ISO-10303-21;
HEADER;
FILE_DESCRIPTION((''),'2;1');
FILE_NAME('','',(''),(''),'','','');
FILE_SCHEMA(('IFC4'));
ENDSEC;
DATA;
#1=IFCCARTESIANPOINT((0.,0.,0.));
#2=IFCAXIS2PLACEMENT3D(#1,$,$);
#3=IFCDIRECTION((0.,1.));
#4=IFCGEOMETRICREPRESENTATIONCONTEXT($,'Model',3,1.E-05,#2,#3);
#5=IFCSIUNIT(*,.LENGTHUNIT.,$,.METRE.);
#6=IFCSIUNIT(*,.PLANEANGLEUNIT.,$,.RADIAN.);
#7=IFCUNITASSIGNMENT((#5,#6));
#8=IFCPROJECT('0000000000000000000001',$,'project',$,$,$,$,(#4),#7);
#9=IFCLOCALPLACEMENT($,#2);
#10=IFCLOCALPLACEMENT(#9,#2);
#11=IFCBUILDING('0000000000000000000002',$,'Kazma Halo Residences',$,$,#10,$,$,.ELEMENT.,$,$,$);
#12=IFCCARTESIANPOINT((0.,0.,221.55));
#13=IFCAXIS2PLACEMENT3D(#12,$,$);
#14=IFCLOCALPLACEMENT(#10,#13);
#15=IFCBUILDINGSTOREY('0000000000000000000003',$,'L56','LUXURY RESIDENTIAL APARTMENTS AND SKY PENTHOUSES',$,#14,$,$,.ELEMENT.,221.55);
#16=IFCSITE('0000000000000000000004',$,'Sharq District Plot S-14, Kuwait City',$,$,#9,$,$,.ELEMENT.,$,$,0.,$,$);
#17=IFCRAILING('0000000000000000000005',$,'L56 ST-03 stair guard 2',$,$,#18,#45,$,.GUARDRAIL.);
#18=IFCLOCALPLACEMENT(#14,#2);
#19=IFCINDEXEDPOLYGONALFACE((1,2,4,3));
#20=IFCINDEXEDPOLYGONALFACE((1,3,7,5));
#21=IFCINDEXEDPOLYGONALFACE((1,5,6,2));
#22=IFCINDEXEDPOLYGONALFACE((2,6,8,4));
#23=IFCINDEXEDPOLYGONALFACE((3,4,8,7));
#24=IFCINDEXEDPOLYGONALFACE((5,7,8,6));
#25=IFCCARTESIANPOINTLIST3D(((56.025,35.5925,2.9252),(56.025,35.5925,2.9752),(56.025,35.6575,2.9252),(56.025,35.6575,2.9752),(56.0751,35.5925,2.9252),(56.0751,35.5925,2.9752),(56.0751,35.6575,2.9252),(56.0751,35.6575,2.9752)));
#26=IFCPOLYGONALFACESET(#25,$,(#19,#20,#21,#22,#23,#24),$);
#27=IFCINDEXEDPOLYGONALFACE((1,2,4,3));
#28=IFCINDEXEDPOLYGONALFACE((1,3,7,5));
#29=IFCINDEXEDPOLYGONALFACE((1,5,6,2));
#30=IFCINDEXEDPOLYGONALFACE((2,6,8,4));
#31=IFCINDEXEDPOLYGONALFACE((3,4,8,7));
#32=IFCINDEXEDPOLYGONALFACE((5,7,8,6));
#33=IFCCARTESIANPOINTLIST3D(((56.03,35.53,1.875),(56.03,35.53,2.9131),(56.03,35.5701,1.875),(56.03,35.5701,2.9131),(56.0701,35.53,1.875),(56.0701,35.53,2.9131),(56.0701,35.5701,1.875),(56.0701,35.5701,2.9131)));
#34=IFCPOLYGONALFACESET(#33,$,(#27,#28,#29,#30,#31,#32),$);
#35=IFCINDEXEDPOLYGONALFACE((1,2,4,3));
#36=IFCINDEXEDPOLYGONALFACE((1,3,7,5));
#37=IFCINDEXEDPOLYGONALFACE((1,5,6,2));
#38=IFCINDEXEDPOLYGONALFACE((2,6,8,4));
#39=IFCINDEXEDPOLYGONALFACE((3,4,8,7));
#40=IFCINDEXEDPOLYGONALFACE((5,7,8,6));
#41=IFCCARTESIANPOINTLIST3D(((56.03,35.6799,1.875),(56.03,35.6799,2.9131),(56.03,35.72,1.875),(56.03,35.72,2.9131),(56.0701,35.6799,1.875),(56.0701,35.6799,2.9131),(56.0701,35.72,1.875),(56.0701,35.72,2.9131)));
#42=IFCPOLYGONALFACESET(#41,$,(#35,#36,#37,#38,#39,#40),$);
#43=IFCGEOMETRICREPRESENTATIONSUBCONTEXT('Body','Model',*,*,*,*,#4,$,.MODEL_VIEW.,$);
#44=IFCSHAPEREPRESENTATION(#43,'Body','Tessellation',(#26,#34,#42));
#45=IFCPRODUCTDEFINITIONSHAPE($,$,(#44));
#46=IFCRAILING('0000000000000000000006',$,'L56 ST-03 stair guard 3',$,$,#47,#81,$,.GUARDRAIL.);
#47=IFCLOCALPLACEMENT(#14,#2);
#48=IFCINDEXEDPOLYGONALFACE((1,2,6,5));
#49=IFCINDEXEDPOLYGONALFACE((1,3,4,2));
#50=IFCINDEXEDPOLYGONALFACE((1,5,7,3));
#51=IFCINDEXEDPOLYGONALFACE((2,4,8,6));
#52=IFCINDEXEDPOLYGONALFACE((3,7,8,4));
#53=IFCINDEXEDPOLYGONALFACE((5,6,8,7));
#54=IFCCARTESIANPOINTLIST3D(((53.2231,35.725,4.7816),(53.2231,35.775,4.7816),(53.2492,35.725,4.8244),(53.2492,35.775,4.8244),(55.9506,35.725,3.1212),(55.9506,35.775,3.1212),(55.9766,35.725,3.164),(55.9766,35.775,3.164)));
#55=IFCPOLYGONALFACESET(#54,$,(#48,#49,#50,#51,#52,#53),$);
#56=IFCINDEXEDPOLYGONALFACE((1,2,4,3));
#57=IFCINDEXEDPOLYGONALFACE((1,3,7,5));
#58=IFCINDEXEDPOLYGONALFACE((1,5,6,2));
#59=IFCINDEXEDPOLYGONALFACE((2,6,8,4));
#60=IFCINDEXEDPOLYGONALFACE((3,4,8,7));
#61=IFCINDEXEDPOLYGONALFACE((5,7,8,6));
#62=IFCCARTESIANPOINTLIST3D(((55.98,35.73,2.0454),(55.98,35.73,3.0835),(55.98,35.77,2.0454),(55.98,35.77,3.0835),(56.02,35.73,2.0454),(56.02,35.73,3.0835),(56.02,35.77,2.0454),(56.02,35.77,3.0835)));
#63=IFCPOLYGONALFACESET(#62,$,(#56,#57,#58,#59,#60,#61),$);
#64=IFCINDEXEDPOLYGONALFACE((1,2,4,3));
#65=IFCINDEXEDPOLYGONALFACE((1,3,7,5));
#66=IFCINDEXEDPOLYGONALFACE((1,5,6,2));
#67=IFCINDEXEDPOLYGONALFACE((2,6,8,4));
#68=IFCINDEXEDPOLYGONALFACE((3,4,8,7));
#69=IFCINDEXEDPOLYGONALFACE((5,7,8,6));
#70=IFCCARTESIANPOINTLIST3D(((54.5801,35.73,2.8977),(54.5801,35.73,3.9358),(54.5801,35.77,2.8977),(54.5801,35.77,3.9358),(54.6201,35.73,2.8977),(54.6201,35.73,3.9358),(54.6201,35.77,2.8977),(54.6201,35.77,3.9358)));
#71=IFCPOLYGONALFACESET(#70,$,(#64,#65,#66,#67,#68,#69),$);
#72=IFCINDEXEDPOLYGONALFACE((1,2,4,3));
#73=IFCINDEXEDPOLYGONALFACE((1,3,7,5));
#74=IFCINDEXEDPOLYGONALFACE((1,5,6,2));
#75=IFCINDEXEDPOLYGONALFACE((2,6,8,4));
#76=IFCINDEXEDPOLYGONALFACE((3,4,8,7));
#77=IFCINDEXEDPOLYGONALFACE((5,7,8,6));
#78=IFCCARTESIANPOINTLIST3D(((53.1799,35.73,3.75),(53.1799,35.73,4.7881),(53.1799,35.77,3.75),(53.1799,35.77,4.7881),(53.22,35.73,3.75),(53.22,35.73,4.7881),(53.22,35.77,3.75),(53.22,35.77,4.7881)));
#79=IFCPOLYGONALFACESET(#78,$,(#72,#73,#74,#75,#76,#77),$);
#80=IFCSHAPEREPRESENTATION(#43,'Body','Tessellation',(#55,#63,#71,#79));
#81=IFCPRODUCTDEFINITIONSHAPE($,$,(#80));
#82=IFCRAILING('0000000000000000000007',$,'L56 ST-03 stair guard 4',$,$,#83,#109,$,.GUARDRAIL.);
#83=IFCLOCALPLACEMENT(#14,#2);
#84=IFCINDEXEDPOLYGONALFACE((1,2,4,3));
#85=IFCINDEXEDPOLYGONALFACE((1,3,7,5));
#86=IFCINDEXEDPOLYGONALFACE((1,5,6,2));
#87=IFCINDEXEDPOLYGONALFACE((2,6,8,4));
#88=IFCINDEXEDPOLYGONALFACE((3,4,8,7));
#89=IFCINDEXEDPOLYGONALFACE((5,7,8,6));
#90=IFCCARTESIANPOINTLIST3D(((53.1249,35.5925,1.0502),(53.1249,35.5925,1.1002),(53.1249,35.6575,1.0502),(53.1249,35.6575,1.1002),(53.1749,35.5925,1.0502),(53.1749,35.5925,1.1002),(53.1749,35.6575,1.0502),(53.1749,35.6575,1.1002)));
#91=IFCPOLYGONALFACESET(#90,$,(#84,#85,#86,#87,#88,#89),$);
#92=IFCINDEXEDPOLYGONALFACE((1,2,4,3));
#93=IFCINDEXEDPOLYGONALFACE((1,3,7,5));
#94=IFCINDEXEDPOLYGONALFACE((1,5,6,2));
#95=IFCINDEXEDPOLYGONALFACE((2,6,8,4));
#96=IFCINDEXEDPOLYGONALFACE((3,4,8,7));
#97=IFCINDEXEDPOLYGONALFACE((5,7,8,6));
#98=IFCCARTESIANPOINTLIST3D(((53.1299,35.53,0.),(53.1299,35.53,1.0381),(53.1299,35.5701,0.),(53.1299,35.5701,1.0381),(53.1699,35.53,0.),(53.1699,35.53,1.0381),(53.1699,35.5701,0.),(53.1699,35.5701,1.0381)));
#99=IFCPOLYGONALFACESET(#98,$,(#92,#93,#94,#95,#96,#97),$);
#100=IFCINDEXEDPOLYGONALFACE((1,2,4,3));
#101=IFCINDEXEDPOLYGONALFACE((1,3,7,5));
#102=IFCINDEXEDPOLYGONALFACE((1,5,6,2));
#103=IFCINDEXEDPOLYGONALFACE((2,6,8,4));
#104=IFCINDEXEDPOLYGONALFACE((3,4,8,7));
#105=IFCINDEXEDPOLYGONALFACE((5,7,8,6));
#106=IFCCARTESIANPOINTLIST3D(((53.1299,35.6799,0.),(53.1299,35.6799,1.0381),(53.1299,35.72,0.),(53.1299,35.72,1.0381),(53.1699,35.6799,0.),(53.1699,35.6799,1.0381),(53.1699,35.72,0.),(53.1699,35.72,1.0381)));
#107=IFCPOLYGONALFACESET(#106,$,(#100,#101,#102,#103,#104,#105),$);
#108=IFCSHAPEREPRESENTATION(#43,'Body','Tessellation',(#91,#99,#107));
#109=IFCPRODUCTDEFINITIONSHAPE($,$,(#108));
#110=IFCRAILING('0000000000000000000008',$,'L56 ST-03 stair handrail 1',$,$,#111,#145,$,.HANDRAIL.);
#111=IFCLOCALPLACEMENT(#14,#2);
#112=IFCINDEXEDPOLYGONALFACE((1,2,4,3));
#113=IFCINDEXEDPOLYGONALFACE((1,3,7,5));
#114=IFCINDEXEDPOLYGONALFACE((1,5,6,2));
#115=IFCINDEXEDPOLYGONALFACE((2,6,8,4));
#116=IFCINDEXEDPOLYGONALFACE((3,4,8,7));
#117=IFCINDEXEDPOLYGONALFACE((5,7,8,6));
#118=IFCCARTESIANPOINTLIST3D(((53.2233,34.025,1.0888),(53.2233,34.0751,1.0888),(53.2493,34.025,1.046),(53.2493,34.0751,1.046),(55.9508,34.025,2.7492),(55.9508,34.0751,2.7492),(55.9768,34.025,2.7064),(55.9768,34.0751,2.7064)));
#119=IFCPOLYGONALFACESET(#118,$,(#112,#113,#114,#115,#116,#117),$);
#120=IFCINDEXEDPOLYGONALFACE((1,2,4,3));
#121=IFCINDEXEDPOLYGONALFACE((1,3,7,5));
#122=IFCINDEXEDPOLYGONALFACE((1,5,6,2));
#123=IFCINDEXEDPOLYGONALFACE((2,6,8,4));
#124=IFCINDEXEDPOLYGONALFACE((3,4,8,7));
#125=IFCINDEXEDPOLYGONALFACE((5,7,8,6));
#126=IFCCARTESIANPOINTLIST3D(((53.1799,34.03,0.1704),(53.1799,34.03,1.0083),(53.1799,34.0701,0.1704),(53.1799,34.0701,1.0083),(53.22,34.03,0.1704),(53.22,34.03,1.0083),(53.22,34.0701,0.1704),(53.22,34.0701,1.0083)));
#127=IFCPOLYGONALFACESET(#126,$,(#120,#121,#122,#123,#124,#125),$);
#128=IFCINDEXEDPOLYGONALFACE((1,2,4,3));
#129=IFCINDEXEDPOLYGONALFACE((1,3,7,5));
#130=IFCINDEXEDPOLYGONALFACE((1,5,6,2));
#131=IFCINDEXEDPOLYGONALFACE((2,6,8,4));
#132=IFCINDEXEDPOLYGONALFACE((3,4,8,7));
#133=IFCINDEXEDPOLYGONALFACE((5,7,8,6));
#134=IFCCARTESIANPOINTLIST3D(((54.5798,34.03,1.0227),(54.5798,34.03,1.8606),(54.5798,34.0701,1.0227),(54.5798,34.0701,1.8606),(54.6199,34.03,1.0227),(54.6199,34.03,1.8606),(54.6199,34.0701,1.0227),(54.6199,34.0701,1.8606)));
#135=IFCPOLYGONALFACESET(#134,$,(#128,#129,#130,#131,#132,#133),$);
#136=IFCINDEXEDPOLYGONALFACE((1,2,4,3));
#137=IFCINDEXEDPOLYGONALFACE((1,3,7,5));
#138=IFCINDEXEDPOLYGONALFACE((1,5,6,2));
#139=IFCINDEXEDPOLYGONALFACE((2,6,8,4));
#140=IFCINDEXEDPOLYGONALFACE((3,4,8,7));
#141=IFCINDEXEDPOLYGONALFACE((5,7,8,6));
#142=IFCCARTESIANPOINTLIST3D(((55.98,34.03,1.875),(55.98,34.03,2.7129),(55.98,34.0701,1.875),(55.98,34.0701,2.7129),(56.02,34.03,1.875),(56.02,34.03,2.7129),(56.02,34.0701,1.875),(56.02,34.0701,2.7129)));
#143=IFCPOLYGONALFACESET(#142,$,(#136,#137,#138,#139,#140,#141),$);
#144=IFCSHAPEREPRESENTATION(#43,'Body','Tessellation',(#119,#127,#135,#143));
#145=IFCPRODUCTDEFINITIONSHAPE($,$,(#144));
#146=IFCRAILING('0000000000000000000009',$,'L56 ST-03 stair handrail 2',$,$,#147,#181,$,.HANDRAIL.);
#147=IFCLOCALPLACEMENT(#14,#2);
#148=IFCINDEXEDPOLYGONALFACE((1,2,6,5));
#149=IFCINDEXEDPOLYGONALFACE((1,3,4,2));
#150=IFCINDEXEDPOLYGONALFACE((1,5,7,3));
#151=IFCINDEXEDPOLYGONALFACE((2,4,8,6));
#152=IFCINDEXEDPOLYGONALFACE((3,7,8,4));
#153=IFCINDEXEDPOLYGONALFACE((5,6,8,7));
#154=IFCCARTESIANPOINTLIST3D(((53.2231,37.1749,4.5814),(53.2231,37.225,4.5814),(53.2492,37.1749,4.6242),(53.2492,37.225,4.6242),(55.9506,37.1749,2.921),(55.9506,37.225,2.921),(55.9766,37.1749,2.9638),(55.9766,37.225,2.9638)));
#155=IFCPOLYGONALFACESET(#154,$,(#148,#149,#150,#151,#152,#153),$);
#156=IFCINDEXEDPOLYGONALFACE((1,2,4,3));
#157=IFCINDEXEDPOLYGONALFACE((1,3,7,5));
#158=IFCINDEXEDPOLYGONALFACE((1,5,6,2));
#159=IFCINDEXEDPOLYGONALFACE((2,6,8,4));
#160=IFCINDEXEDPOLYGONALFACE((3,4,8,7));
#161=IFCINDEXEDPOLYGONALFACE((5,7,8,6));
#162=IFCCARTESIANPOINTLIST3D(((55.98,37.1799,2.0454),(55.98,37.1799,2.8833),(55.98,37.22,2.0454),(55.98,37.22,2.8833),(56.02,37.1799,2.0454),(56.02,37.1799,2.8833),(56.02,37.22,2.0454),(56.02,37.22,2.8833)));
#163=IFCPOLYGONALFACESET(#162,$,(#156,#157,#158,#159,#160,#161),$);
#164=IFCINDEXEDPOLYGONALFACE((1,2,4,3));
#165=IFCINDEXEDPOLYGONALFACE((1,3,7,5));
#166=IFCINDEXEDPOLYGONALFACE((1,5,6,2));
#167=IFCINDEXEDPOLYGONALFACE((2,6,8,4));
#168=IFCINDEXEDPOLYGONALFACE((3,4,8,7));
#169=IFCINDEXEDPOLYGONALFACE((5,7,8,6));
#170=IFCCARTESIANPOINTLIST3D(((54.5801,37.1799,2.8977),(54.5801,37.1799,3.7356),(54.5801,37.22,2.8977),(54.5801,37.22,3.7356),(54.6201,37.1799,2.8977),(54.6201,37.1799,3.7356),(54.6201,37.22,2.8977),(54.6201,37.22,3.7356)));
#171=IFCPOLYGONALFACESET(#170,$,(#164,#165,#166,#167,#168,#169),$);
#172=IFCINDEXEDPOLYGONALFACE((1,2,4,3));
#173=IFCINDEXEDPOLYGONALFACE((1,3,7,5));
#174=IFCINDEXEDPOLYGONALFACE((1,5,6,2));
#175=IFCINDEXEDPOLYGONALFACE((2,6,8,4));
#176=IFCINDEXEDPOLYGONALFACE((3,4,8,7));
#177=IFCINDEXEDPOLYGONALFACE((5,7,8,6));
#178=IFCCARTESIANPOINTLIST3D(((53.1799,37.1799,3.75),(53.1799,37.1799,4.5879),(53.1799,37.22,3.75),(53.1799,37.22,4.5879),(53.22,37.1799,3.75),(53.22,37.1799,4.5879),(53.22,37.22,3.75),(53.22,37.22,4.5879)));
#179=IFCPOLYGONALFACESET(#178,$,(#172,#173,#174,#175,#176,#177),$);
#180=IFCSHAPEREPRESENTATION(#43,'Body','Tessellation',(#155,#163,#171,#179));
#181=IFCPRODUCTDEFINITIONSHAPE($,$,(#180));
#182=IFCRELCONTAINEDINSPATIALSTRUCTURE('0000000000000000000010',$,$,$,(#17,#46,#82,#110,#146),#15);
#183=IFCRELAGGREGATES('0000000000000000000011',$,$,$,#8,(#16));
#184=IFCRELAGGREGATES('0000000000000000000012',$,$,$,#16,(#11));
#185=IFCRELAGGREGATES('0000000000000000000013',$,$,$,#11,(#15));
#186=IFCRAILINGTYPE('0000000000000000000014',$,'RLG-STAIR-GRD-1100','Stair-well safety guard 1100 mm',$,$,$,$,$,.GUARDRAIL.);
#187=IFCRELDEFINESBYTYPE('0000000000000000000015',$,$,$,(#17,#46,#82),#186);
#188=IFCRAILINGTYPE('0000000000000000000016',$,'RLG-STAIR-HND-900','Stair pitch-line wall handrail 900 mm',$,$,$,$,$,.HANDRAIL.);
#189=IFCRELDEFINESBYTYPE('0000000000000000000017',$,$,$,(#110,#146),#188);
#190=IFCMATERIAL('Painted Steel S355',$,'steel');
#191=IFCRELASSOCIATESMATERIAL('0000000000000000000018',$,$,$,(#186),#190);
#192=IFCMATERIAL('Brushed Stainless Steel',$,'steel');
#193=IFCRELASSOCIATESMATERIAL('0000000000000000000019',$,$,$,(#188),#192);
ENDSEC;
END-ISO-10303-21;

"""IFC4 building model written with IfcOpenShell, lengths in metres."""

from ifc_helpers import new_model, si_unit, direction, frame, origin, origin_2d, place, context, subcontext, project, spatial, rectangle, extrude, material, type_object, element, save


model = new_model("IFC4")

# Units and contexts
model_context = context("Model", 3, precision=1e-05, world=origin(), true_north=direction((0.0, 1.0)))
body_context = subcontext(model_context, "Body", "Model", "MODEL_VIEW")
ifc_project = project(units=[si_unit("LENGTHUNIT", "METRE"), si_unit("PLANEANGLEUNIT", "RADIAN")], contexts=[model_context])

# Site, building, storey
site_placement = place(None, origin())
site = spatial("IfcSite", under=ifc_project, at=site_placement, Name="Sharq District Plot S-14, Kuwait City", CompositionType="ELEMENT", RefElevation=0.0)
building_placement = place(site_placement, origin())
building = spatial("IfcBuilding", under=site, at=building_placement, Name="Kazma Halo Residences", CompositionType="ELEMENT")
storey_placement = place(building_placement, frame((0.0, 0.0, 221.55)))
storey = spatial("IfcBuildingStorey", under=building, at=storey_placement, Name="L56", Description="LUXURY RESIDENTIAL APARTMENTS AND SKY PENTHOUSES", CompositionType="ELEMENT", Elevation=221.55)

# Railings
ifc_material_1 = material(Name="Painted Steel S355", Category="steel")
railing_type_1 = type_object("IfcRailingType", Name="RLG-STAIR-GRD-1100", Description="Stair-well safety guard 1100 mm", PredefinedType="GUARDRAIL", material=ifc_material_1)
railing_1_placement = place(storey_placement, frame((56.05, 35.55, 1.875)))
element("IfcRailing", 1, at=railing_1_placement, inside=storey, type_object=railing_type_1, Name="L56 ST-03 stair guard 2", PredefinedType="GUARDRAIL", context=body_context, shape_type="SweptSolid", body=[
    extrude(rectangle(XDim=0.05, YDim=0.05, at=origin_2d()), frame((0.0, 0.0425, 1.0752), z_axis=(0.0, 1.0, 0.0), x_axis=(-1.0, 0.0, 0.0)), (0.0, 0.0, 1.0), 0.0649),
    extrude(rectangle(XDim=0.04, YDim=0.04, at=origin_2d()), origin(), (0.0, 0.0, 1.0), 1.0381),
    extrude(rectangle(XDim=0.04, YDim=0.04, at=origin_2d()), frame((0.0, 0.1499, 0.0)), (0.0, 0.0, 1.0), 1.0381),
])
railing_2_placement = place(storey_placement, frame((56.0, 35.75, 2.0454)))
element("IfcRailing", 2, at=railing_2_placement, inside=storey, type_object=railing_type_1, Name="L56 ST-03 stair guard 3", PredefinedType="GUARDRAIL", context=body_context, shape_type="SweptSolid", body=[
    extrude(rectangle(XDim=0.05, YDim=0.05, at=origin_2d()), frame((-0.0364, 0.0, 1.0972), z_axis=(-0.85417, 0.0, 0.519994), x_axis=(0.0, -1.0, 0.0)), (0.0, 0.0, 1.0), 3.1931),
    extrude(rectangle(XDim=0.04, YDim=0.04, at=origin_2d()), origin(), (0.0, 0.0, 1.0), 1.0381),
    extrude(rectangle(XDim=0.04, YDim=0.04, at=origin_2d()), frame((-1.3999, 0.0, 0.8523)), (0.0, 0.0, 1.0), 1.0381),
    extrude(rectangle(XDim=0.04, YDim=0.04, at=origin_2d()), frame((-2.8, 0.0, 1.7046)), (0.0, 0.0, 1.0), 1.0381),
])
railing_3_placement = place(storey_placement, frame((53.1499, 35.55, 0.0)))
element("IfcRailing", 3, at=railing_3_placement, inside=storey, type_object=railing_type_1, Name="L56 ST-03 stair guard 4", PredefinedType="GUARDRAIL", context=body_context, shape_type="SweptSolid", body=[
    extrude(rectangle(XDim=0.05, YDim=0.05, at=origin_2d()), frame((0.0, 0.0425, 1.0752), z_axis=(0.0, 1.0, 0.0), x_axis=(-1.0, 0.0, 0.0)), (0.0, 0.0, 1.0), 0.0649),
    extrude(rectangle(XDim=0.04, YDim=0.04, at=origin_2d()), origin(), (0.0, 0.0, 1.0), 1.0381),
    extrude(rectangle(XDim=0.04, YDim=0.04, at=origin_2d()), frame((0.0, 0.1499, 0.0)), (0.0, 0.0, 1.0), 1.0381),
])
ifc_material_2 = material(Name="Brushed Stainless Steel", Category="steel")
railing_type_2 = type_object("IfcRailingType", Name="RLG-STAIR-HND-900", Description="Stair pitch-line wall handrail 900 mm", PredefinedType="HANDRAIL", material=ifc_material_2)
railing_4_placement = place(storey_placement, frame((53.2, 34.05, 0.1704)))
element("IfcRailing", 4, at=railing_4_placement, inside=storey, type_object=railing_type_2, Name="L56 ST-03 stair handrail 1", PredefinedType="HANDRAIL", context=body_context, shape_type="SweptSolid", body=[
    extrude(rectangle(XDim=0.05, YDim=0.05, at=origin_2d()), frame((0.0364, 0.0, 0.897), z_axis=(0.85417, 0.0, 0.519994), x_axis=(0.0, 1.0, 0.0)), (0.0, 0.0, 1.0), 3.1931),
    extrude(rectangle(XDim=0.04, YDim=0.04, at=origin_2d()), origin(), (0.0, 0.0, 1.0), 0.8379),
    extrude(rectangle(XDim=0.04, YDim=0.04, at=origin_2d()), frame((1.3999, 0.0, 0.8523)), (0.0, 0.0, 1.0), 0.8379),
    extrude(rectangle(XDim=0.04, YDim=0.04, at=origin_2d()), frame((2.8, 0.0, 1.7046)), (0.0, 0.0, 1.0), 0.8379),
])
railing_5_placement = place(storey_placement, frame((56.0, 37.2, 2.0454)))
element("IfcRailing", 5, at=railing_5_placement, inside=storey, type_object=railing_type_2, Name="L56 ST-03 stair handrail 2", PredefinedType="HANDRAIL", context=body_context, shape_type="SweptSolid", body=[
    extrude(rectangle(XDim=0.05, YDim=0.05, at=origin_2d()), frame((-0.0364, 0.0, 0.897), z_axis=(-0.85417, 0.0, 0.519994), x_axis=(0.0, -1.0, 0.0)), (0.0, 0.0, 1.0), 3.1931),
    extrude(rectangle(XDim=0.04, YDim=0.04, at=origin_2d()), origin(), (0.0, 0.0, 1.0), 0.8379),
    extrude(rectangle(XDim=0.04, YDim=0.04, at=origin_2d()), frame((-1.3999, 0.0, 0.8523)), (0.0, 0.0, 1.0), 0.8379),
    extrude(rectangle(XDim=0.04, YDim=0.04, at=origin_2d()), frame((-2.8, 0.0, 1.7046)), (0.0, 0.0, 1.0), 0.8379),
])

save(model, "model.ifc")
